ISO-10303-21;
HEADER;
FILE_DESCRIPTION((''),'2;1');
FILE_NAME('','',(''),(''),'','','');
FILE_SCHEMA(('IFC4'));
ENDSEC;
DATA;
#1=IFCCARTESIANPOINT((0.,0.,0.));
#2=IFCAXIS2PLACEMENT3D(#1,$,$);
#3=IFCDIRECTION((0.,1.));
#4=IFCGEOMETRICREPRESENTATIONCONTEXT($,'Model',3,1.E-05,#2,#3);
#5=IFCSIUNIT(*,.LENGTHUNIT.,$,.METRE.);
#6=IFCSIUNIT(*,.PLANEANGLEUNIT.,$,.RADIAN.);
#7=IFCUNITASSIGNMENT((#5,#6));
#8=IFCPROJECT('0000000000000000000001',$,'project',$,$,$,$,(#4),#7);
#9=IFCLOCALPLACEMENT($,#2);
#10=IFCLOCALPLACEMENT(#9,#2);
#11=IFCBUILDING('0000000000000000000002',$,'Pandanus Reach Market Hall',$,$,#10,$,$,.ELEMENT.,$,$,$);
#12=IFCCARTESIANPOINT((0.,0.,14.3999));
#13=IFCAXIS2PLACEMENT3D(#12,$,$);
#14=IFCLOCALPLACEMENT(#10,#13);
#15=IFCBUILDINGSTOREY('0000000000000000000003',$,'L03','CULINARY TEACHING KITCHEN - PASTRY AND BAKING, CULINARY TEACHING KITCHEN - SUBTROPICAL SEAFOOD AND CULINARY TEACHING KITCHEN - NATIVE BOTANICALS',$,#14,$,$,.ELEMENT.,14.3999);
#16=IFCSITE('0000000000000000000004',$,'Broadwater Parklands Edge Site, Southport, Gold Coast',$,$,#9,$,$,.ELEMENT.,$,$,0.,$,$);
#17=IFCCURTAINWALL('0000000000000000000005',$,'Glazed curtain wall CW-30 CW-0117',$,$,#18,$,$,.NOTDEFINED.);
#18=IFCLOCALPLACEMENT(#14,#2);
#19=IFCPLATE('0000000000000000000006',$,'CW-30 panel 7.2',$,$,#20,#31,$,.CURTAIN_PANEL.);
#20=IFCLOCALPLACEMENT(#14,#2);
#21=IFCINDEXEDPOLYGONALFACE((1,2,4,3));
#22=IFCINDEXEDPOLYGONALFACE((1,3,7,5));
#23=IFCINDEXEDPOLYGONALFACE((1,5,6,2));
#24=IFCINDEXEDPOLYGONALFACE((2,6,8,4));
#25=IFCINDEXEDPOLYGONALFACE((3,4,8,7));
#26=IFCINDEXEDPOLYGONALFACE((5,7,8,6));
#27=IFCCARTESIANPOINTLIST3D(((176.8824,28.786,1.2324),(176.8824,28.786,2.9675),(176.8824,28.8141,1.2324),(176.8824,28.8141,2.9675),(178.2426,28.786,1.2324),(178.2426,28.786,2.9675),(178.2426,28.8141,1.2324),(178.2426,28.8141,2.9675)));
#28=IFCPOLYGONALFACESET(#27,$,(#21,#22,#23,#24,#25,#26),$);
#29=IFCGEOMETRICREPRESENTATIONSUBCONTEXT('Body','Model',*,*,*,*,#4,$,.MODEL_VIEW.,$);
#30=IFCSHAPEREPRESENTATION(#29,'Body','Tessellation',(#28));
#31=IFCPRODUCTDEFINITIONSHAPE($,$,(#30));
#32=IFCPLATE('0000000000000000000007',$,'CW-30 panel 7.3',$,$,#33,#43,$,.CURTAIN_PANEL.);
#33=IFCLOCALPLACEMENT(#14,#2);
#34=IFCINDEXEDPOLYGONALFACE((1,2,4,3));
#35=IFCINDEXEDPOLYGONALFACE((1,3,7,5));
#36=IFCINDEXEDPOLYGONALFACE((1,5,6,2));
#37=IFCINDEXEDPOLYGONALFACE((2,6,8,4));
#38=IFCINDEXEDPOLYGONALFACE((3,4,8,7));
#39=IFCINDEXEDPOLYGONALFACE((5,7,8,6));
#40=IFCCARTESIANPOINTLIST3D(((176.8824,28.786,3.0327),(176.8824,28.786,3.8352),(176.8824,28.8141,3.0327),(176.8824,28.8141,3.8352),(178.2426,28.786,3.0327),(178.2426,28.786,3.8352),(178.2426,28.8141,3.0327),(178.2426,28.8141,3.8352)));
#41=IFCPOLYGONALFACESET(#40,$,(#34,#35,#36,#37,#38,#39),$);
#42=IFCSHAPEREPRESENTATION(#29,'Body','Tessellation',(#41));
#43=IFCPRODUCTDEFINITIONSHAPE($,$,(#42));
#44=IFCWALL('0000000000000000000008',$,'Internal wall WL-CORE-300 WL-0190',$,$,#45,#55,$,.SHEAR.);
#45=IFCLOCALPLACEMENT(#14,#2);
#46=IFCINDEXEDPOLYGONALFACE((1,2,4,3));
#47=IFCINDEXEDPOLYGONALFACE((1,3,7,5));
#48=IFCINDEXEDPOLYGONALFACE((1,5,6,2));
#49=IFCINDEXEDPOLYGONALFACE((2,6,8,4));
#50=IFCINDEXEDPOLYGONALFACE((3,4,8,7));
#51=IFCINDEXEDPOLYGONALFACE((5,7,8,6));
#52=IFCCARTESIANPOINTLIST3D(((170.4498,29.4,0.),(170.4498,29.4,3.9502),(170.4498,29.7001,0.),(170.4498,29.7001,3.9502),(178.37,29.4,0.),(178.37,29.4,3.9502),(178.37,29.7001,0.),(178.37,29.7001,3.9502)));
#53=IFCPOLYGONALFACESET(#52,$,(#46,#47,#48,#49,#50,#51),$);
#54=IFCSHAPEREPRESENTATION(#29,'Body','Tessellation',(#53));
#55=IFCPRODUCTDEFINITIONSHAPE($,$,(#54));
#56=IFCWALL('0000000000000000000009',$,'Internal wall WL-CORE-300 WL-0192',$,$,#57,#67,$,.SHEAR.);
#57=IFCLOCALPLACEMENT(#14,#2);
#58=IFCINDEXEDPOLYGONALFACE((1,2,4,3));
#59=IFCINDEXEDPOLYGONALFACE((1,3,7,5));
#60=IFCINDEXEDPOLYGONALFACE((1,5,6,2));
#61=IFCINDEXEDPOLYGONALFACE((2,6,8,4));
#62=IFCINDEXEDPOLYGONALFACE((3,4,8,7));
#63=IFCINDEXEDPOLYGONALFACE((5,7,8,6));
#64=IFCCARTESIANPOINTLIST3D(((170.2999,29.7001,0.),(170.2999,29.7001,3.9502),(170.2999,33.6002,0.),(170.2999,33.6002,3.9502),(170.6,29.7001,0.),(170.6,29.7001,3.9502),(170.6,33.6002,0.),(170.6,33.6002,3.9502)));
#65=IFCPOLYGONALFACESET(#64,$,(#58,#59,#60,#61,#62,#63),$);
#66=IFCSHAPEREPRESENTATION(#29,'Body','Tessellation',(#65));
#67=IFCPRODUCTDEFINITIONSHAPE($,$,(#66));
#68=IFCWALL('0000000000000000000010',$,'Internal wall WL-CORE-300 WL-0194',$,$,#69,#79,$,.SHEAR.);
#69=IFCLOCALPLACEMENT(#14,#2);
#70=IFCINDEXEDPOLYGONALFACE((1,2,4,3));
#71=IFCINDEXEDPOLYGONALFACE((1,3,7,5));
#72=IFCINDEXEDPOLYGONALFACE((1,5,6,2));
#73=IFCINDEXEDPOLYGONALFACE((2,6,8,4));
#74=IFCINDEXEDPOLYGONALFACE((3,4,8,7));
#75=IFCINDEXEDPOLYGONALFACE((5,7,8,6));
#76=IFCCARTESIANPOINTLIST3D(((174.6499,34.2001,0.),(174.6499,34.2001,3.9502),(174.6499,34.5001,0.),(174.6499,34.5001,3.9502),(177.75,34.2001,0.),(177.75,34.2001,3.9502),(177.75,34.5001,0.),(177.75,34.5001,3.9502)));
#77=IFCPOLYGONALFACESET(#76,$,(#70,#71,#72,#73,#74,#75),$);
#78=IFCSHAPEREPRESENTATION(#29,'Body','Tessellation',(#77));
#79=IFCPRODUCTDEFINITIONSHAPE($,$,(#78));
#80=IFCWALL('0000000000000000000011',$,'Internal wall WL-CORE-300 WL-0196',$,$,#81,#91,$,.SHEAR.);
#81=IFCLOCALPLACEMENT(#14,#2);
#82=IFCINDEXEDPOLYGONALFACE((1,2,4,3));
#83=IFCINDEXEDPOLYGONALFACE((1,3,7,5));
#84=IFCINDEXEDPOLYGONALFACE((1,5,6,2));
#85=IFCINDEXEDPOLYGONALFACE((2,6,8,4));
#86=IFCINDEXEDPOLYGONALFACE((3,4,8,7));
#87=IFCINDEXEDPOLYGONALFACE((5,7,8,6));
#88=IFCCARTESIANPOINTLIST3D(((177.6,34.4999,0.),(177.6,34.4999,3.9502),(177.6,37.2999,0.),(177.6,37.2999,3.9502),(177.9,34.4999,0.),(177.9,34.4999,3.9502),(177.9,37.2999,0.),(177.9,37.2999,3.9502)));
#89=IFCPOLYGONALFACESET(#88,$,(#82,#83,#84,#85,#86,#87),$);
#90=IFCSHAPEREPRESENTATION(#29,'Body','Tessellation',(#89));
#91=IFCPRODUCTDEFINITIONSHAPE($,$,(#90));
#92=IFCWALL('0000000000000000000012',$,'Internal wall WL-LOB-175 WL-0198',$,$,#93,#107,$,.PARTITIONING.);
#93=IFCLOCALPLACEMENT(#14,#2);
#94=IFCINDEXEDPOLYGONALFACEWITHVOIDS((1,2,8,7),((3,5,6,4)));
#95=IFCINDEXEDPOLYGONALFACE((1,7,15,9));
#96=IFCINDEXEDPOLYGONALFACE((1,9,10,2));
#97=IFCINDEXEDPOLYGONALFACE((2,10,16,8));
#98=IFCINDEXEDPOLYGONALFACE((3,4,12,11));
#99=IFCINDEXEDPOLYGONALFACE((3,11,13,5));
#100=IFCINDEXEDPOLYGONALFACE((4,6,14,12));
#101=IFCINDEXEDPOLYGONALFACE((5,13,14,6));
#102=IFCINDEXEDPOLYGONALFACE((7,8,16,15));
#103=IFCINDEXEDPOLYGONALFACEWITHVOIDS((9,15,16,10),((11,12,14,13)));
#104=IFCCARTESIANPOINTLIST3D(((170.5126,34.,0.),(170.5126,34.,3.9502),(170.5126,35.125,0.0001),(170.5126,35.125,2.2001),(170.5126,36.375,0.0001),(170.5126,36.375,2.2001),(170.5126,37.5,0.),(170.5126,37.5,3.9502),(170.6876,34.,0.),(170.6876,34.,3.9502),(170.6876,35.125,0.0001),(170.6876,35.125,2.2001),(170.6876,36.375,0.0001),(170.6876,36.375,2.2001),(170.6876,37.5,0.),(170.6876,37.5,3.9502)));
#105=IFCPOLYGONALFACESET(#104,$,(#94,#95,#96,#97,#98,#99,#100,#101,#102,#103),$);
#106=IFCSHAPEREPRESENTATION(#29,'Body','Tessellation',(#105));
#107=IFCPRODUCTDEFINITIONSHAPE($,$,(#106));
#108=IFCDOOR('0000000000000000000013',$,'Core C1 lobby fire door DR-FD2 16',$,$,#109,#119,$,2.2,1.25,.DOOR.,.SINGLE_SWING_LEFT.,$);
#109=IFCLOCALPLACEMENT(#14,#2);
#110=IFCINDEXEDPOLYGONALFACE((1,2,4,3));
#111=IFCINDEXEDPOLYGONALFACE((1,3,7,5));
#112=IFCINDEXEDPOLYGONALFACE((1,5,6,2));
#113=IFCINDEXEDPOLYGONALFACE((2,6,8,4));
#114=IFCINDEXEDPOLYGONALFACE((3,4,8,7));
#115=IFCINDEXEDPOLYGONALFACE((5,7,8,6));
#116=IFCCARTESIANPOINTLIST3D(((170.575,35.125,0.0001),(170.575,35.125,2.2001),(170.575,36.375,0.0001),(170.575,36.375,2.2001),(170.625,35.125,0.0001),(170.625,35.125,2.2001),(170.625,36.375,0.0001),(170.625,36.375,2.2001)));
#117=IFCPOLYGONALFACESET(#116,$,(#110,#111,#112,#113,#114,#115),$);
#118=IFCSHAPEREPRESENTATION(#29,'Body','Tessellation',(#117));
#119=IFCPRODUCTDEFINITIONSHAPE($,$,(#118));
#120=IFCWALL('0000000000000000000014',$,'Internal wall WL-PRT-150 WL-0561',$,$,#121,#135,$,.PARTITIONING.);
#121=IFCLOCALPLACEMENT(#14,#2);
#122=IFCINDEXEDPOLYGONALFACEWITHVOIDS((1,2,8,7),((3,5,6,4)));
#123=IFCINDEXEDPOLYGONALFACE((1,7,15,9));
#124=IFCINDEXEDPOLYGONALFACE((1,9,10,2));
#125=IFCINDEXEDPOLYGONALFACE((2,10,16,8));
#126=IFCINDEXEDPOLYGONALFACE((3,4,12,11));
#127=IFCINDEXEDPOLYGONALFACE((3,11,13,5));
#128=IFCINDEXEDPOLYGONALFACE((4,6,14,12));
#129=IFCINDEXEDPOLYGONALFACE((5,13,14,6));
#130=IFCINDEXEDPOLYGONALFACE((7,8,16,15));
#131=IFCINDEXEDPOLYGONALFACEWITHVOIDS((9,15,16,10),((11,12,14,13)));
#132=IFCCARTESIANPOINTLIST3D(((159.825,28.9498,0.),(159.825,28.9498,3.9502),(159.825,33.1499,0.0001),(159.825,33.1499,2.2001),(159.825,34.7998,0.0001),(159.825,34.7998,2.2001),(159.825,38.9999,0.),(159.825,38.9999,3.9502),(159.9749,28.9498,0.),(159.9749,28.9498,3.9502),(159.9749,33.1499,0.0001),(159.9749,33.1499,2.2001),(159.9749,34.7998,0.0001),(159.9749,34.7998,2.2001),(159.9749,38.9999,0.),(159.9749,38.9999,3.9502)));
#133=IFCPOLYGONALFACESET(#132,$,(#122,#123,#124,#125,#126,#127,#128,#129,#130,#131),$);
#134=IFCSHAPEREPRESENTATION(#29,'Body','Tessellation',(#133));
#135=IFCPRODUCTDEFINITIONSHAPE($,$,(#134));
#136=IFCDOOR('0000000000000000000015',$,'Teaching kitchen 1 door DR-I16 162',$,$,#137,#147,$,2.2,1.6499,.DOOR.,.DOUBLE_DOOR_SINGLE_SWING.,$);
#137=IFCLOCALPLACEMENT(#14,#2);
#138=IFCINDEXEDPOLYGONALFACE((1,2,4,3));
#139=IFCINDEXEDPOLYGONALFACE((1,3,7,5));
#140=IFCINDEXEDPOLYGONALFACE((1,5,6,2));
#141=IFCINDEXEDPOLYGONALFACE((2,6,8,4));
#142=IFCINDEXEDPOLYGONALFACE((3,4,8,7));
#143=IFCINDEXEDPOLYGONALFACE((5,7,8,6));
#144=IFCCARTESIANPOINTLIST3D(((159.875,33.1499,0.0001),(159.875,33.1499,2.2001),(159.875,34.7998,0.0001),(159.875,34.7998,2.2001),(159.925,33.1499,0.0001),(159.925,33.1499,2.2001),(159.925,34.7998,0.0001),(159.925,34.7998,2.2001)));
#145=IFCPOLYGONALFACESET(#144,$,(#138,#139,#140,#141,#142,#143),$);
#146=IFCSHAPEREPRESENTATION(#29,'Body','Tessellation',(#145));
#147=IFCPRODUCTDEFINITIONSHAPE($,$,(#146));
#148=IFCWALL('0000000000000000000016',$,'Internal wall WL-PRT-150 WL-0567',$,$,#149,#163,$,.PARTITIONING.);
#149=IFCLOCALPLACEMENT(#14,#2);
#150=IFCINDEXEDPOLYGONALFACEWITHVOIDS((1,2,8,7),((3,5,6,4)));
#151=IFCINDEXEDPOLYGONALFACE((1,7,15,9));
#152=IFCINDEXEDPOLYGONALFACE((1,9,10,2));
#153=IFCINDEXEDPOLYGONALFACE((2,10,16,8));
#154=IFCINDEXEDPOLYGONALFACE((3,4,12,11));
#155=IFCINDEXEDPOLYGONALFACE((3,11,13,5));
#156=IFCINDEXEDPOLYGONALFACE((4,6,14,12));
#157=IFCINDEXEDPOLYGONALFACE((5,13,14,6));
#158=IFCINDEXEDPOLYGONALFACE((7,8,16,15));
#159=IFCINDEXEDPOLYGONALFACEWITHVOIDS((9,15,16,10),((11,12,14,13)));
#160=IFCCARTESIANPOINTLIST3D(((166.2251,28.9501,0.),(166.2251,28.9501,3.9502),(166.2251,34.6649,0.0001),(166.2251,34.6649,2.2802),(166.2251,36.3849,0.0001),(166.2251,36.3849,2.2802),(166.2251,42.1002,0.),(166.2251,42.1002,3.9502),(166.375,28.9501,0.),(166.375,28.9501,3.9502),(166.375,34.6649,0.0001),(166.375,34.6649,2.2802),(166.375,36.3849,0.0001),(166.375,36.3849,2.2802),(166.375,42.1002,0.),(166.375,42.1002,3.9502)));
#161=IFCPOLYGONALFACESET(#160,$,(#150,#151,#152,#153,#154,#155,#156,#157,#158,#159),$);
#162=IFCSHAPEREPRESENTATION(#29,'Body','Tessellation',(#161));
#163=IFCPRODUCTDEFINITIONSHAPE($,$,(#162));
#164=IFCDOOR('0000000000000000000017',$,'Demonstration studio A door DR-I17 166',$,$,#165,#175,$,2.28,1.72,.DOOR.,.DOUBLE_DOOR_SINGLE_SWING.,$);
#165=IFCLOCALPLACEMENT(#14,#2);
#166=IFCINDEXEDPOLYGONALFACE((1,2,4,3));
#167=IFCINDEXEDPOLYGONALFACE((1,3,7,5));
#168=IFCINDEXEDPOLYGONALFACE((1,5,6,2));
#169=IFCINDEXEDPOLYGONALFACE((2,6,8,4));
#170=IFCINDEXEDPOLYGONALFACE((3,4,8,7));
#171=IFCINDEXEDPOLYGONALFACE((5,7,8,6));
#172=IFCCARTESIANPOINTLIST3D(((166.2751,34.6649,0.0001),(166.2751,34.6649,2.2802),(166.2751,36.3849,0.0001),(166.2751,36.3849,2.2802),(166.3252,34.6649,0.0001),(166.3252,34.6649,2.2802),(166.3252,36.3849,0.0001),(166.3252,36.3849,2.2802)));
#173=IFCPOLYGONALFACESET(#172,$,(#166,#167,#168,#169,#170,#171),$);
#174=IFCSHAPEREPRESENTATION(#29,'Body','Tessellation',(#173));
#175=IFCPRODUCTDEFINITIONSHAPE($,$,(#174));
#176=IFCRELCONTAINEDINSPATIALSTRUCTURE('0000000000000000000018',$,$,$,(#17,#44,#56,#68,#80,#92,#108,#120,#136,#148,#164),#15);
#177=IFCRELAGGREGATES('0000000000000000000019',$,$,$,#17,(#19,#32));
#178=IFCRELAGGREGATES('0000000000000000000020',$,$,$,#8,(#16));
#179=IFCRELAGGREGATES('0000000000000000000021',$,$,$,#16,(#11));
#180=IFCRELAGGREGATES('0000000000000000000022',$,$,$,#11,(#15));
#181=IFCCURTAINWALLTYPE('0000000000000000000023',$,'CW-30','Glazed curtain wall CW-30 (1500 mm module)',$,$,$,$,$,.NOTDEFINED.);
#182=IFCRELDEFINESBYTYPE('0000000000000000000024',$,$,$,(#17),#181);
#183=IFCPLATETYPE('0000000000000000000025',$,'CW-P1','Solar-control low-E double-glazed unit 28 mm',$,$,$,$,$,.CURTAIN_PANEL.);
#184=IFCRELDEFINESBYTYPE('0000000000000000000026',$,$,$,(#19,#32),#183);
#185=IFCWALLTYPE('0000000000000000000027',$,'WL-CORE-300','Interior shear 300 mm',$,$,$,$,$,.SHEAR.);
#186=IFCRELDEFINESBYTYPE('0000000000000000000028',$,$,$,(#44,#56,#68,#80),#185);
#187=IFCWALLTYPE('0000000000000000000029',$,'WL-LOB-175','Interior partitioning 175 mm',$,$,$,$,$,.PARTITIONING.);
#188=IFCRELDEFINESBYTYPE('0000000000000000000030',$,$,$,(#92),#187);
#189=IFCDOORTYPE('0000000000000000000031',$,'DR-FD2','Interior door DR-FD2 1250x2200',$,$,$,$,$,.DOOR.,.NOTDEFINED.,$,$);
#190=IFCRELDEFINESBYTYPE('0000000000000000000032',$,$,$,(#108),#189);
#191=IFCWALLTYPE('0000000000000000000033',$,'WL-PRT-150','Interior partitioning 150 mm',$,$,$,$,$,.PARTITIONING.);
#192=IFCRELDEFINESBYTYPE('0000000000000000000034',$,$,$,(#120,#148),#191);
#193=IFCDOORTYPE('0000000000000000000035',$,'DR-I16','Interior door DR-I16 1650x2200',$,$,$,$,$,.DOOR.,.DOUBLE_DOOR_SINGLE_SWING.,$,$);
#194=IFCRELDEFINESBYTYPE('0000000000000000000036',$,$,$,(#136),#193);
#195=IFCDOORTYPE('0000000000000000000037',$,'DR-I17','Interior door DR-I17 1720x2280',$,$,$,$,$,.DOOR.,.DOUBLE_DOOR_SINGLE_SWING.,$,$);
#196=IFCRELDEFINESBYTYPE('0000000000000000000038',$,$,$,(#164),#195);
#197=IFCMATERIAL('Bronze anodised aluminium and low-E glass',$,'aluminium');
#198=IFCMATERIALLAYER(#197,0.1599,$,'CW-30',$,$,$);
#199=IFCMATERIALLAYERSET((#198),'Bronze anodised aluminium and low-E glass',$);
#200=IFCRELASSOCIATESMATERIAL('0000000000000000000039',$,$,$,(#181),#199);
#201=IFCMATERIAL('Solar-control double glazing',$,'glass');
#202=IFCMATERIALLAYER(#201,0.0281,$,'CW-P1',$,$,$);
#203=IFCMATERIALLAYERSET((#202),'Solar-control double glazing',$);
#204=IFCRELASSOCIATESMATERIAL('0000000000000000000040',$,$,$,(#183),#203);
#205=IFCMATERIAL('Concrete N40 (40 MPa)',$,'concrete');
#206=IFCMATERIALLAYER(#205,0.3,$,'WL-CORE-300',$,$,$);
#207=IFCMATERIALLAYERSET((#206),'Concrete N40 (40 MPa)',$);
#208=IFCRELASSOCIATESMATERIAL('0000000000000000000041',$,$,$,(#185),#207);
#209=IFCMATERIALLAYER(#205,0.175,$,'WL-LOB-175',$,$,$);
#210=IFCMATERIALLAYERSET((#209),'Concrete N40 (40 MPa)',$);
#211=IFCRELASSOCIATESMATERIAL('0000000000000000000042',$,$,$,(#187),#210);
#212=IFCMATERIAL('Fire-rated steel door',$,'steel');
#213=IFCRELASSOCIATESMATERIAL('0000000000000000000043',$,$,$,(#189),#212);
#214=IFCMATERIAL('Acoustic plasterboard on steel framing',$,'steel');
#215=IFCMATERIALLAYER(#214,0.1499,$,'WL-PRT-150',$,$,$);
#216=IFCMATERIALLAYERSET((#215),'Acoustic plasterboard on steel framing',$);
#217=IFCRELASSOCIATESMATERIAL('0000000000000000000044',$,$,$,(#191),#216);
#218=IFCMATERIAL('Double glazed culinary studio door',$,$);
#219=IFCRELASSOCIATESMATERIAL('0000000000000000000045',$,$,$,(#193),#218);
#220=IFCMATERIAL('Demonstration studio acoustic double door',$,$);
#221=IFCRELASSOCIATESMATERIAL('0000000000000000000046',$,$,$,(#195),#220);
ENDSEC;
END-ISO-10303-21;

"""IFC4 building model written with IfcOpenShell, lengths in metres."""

from ifc_helpers import new_model, si_unit, direction, frame, frame_2d, origin, origin_2d, place, context, subcontext, project, spatial, rectangle, extrude, material, layer, layer_set, type_object, element, fill, aggregate, save


model = new_model("IFC4")

# Units and contexts
model_context = context("Model", 3, precision=1e-05, world=origin(), true_north=direction((0.0, 1.0)))
body_context = subcontext(model_context, "Body", "Model", "MODEL_VIEW")
ifc_project = project(units=[si_unit("LENGTHUNIT", "METRE"), si_unit("PLANEANGLEUNIT", "RADIAN")], contexts=[model_context])

# Site, building, storey
site_placement = place(None, origin())
site = spatial("IfcSite", under=ifc_project, at=site_placement, Name="Broadwater Parklands Edge Site, Southport, Gold Coast", CompositionType="ELEMENT", RefElevation=0.0)
building_placement = place(site_placement, origin())
building = spatial("IfcBuilding", under=site, at=building_placement, Name="Pandanus Reach Market Hall", CompositionType="ELEMENT")
storey_placement = place(building_placement, frame((0.0, 0.0, 14.3999)))
storey = spatial("IfcBuildingStorey", under=building, at=storey_placement, Name="L03", Description="CULINARY TEACHING KITCHEN - PASTRY AND BAKING, CULINARY TEACHING KITCHEN - SUBTROPICAL SEAFOOD AND CULINARY TEACHING KITCHEN - NATIVE BOTANICALS", CompositionType="ELEMENT", Elevation=14.3999)

# Curtain wall
ifc_material_1 = material(Name="Bronze anodised aluminium and low-E glass", Category="aluminium")
ifc_layer_1 = layer(ifc_material_1, 0.1599, Name="CW-30")
ifc_layer_set_1 = layer_set([ifc_layer_1], Name="Bronze anodised aluminium and low-E glass")
curtain_wall_type = type_object("IfcCurtainWallType", Name="CW-30", Description="Glazed curtain wall CW-30 (1500 mm module)", PredefinedType="NOTDEFINED", material=ifc_layer_set_1)
curtain_wall_placement = place(storey_placement, origin())
curtain_wall = element("IfcCurtainWall", 1, at=curtain_wall_placement, inside=storey, type_object=curtain_wall_type, Name="Glazed curtain wall CW-30 CW-0117", PredefinedType="NOTDEFINED")

# Plates
ifc_material_2 = material(Name="Solar-control double glazing", Category="glass")
ifc_layer_2 = layer(ifc_material_2, 0.0281, Name="CW-P1")
ifc_layer_set_2 = layer_set([ifc_layer_2], Name="Solar-control double glazing")
plate_type = type_object("IfcPlateType", Name="CW-P1", Description="Solar-control low-E double-glazed unit 28 mm", PredefinedType="CURTAIN_PANEL", material=ifc_layer_set_2)
plate_1_placement = place(storey_placement, frame((177.5625, 28.8, 1.2324), z_axis=(0.0, 0.0, 1.0), x_axis=(1.0, 0.0, 0.0)))
plate_1 = element("IfcPlate", 2, at=plate_1_placement, type_object=plate_type, Name="CW-30 panel 7.2", PredefinedType="CURTAIN_PANEL", context=body_context, shape_type="SweptSolid", body=[
    extrude(rectangle(XDim=1.3601, YDim=0.0281, at=origin_2d()), origin(), (0.0, 0.0, 1.0), 1.7351),
])
plate_2_placement = place(storey_placement, frame((177.5625, 28.8, 3.0327), z_axis=(0.0, 0.0, 1.0), x_axis=(1.0, 0.0, 0.0)))
plate_2 = element("IfcPlate", 3, at=plate_2_placement, type_object=plate_type, Name="CW-30 panel 7.3", PredefinedType="CURTAIN_PANEL", context=body_context, shape_type="SweptSolid", body=[
    extrude(rectangle(XDim=1.3601, YDim=0.0281, at=origin_2d()), origin(), (0.0, 0.0, 1.0), 0.8025),
])
aggregate(curtain_wall, [plate_1, plate_2])

# Wall
ifc_material_3 = material(Name="Concrete N40 (40 MPa)", Category="concrete")
ifc_layer_3 = layer(ifc_material_3, 0.3, Name="WL-CORE-300")
ifc_layer_set_3 = layer_set([ifc_layer_3], Name="Concrete N40 (40 MPa)")
wall_type_1 = type_object("IfcWallType", Name="WL-CORE-300", Description="Interior shear 300 mm", PredefinedType="SHEAR", material=ifc_layer_set_3)
wall_1_placement = place(storey_placement, frame((170.45, 29.55, 0.0), z_axis=(0.0, 0.0, 1.0), x_axis=(1.0, 0.0, 0.0)))
element("IfcWall", 4, at=wall_1_placement, inside=storey, type_object=wall_type_1, Name="Internal wall WL-CORE-300 WL-0190", PredefinedType="SHEAR", context=body_context, shape_type="SweptSolid", body=[
    extrude(rectangle(XDim=7.9202, YDim=0.3, at=frame_2d((3.96, 0.0))), origin(), (0.0, 0.0, 1.0), 3.9502),
])

# Shared definitions
ifc_material_4 = material(Name="Fire-rated steel door", Category="steel")

# Walls
wall_2_placement = place(storey_placement, frame((170.45, 29.7, 0.0), z_axis=(0.0, 0.0, 1.0), x_axis=(0.0, 1.0, 0.0)))
element("IfcWall", 5, at=wall_2_placement, inside=storey, type_object=wall_type_1, Name="Internal wall WL-CORE-300 WL-0192", PredefinedType="SHEAR", context=body_context, shape_type="SweptSolid", body=[
    extrude(rectangle(XDim=3.9001, YDim=0.3, at=frame_2d((1.9502, 0.0))), origin(), (0.0, 0.0, 1.0), 3.9502),
])
wall_3_placement = place(storey_placement, frame((174.6499, 34.3501, 0.0), z_axis=(0.0, 0.0, 1.0), x_axis=(1.0, 0.0, 0.0)))
element("IfcWall", 6, at=wall_3_placement, inside=storey, type_object=wall_type_1, Name="Internal wall WL-CORE-300 WL-0194", PredefinedType="SHEAR", context=body_context, shape_type="SweptSolid", body=[
    extrude(rectangle(XDim=3.1001, YDim=0.3, at=frame_2d((1.55, 0.0))), origin(), (0.0, 0.0, 1.0), 3.9502),
])
wall_4_placement = place(storey_placement, frame((177.75, 34.5, 0.0), z_axis=(0.0, 0.0, 1.0), x_axis=(0.0, 1.0, 0.0)))
element("IfcWall", 7, at=wall_4_placement, inside=storey, type_object=wall_type_1, Name="Internal wall WL-CORE-300 WL-0196", PredefinedType="SHEAR", context=body_context, shape_type="SweptSolid", body=[
    extrude(rectangle(XDim=2.8, YDim=0.3, at=frame_2d((1.3999, 0.0))), origin(), (0.0, 0.0, 1.0), 3.9502),
])

# Walls, openings, doors
ifc_layer_4 = layer(ifc_material_3, 0.175, Name="WL-LOB-175")
ifc_layer_set_4 = layer_set([ifc_layer_4], Name="Concrete N40 (40 MPa)")
wall_type_2 = type_object("IfcWallType", Name="WL-LOB-175", Description="Interior partitioning 175 mm", PredefinedType="PARTITIONING", material=ifc_layer_set_4)
wall_5_placement = place(storey_placement, frame((170.6001, 34.0, 0.0), z_axis=(0.0, 0.0, 1.0), x_axis=(0.0, 1.0, 0.0)))
wall_5 = element("IfcWall", 8, at=wall_5_placement, inside=storey, type_object=wall_type_2, Name="Internal wall WL-LOB-175 WL-0198", PredefinedType="PARTITIONING", context=body_context, shape_type="SweptSolid", body=[
    extrude(rectangle(XDim=3.5, YDim=0.175, at=frame_2d((1.75, 0.0))), origin(), (0.0, 0.0, 1.0), 3.9502),
])
opening_1_placement = place(wall_5_placement, frame((1.125, 0.0, 0.0)))
opening_1 = element("IfcOpeningElement", 9, at=opening_1_placement, cuts=wall_5, PredefinedType="OPENING", context=body_context, shape_type="SweptSolid", body=[
    extrude(rectangle(XDim=1.25, YDim=2.2, at=frame_2d((0.625, 1.1001))), frame((0.0, 0.1025, 0.0), z_axis=(0.0, -1.0, 0.0), x_axis=(1.0, 0.0, 0.0)), (0.0, 0.0, 1.0), 0.2051),
])
door_type_1 = type_object("IfcDoorType", Name="DR-FD2", Description="Interior door DR-FD2 1250x2200", OperationType="NOTDEFINED", PredefinedType="DOOR", material=ifc_material_4)
door_1_placement = place(opening_1_placement, frame((1.25, 0.0, 0.0), z_axis=(0.0, 0.0, 1.0), x_axis=(-1.0, 0.0, 0.0)))
door_1 = element("IfcDoor", 10, at=door_1_placement, inside=storey, type_object=door_type_1, Name="Core C1 lobby fire door DR-FD2 16", OperationType="SINGLE_SWING_LEFT", OverallHeight=2.2, OverallWidth=1.25, PredefinedType="DOOR", context=body_context, shape_type="SweptSolid", body=[
    extrude(rectangle(XDim=1.25, YDim=2.2, at=frame_2d((0.625, 1.1001))), frame((0.0, 0.0249, 0.0), z_axis=(0.0, -1.0, 0.0), x_axis=(1.0, 0.0, 0.0)), (0.0, 0.0, 1.0), 0.05),
])
fill(opening_1, door_1)
ifc_material_5 = material(Name="Acoustic plasterboard on steel framing", Category="steel")
ifc_layer_5 = layer(ifc_material_5, 0.1499, Name="WL-PRT-150")
ifc_layer_set_5 = layer_set([ifc_layer_5], Name="Acoustic plasterboard on steel framing")
wall_type_3 = type_object("IfcWallType", Name="WL-PRT-150", Description="Interior partitioning 150 mm", PredefinedType="PARTITIONING", material=ifc_layer_set_5)
wall_6_placement = place(storey_placement, frame((159.8999, 28.95, 0.0), z_axis=(0.0, 0.0, 1.0), x_axis=(0.0, 1.0, 0.0)))
wall_6 = element("IfcWall", 11, at=wall_6_placement, inside=storey, type_object=wall_type_3, Name="Internal wall WL-PRT-150 WL-0561", PredefinedType="PARTITIONING", context=body_context, shape_type="SweptSolid", body=[
    extrude(rectangle(XDim=10.05, YDim=0.1499, at=frame_2d((5.0249, 0.0))), origin(), (0.0, 0.0, 1.0), 3.9502),
])
opening_2_placement = place(wall_6_placement, frame((4.2, 0.0, 0.0)))
opening_2 = element("IfcOpeningElement", 12, at=opening_2_placement, cuts=wall_6, PredefinedType="OPENING", context=body_context, shape_type="SweptSolid", body=[
    extrude(rectangle(XDim=1.6499, YDim=2.2, at=frame_2d((0.825, 1.1001))), frame((0.0, 0.0898, 0.0), z_axis=(0.0, -1.0, 0.0), x_axis=(1.0, 0.0, 0.0)), (0.0, 0.0, 1.0), 0.1799),
])
ifc_material_6 = material(Name="Double glazed culinary studio door")
door_type_2 = type_object("IfcDoorType", Name="DR-I16", Description="Interior door DR-I16 1650x2200", OperationType="DOUBLE_DOOR_SINGLE_SWING", PredefinedType="DOOR", material=ifc_material_6)
door_2_placement = place(opening_2_placement, origin())
door_2 = element("IfcDoor", 13, at=door_2_placement, inside=storey, type_object=door_type_2, Name="Teaching kitchen 1 door DR-I16 162", OperationType="DOUBLE_DOOR_SINGLE_SWING", OverallHeight=2.2, OverallWidth=1.6499, PredefinedType="DOOR", context=body_context, shape_type="SweptSolid", body=[
    extrude(rectangle(XDim=1.6499, YDim=2.2, at=frame_2d((0.825, 1.1001))), frame((0.0, 0.0249, 0.0), z_axis=(0.0, -1.0, 0.0), x_axis=(1.0, 0.0, 0.0)), (0.0, 0.0, 1.0), 0.05),
])
fill(opening_2, door_2)
wall_7_placement = place(storey_placement, frame((166.3, 28.95, 0.0), z_axis=(0.0, 0.0, 1.0), x_axis=(0.0, 1.0, 0.0)))
wall_7 = element("IfcWall", 14, at=wall_7_placement, inside=storey, type_object=wall_type_3, Name="Internal wall WL-PRT-150 WL-0567", PredefinedType="PARTITIONING", context=body_context, shape_type="SweptSolid", body=[
    extrude(rectangle(XDim=13.1501, YDim=0.1499, at=frame_2d((6.5752, 0.0))), origin(), (0.0, 0.0, 1.0), 3.9502),
])
opening_3_placement = place(wall_7_placement, frame((5.7151, 0.0, 0.0)))
opening_3 = element("IfcOpeningElement", 15, at=opening_3_placement, cuts=wall_7, PredefinedType="OPENING", context=body_context, shape_type="SweptSolid", body=[
    extrude(rectangle(XDim=1.72, YDim=2.28, at=frame_2d((0.8599, 1.1401))), frame((0.0, 0.0898, 0.0), z_axis=(0.0, -1.0, 0.0), x_axis=(1.0, 0.0, 0.0)), (0.0, 0.0, 1.0), 0.1799),
])
ifc_material_7 = material(Name="Demonstration studio acoustic double door")
door_type_3 = type_object("IfcDoorType", Name="DR-I17", Description="Interior door DR-I17 1720x2280", OperationType="DOUBLE_DOOR_SINGLE_SWING", PredefinedType="DOOR", material=ifc_material_7)
door_3_placement = place(opening_3_placement, origin())
door_3 = element("IfcDoor", 16, at=door_3_placement, inside=storey, type_object=door_type_3, Name="Demonstration studio A door DR-I17 166", OperationType="DOUBLE_DOOR_SINGLE_SWING", OverallHeight=2.28, OverallWidth=1.72, PredefinedType="DOOR", context=body_context, shape_type="SweptSolid", body=[
    extrude(rectangle(XDim=1.72, YDim=2.28, at=frame_2d((0.8599, 1.1401))), frame((0.0, 0.0249, 0.0), z_axis=(0.0, -1.0, 0.0), x_axis=(1.0, 0.0, 0.0)), (0.0, 0.0, 1.0), 0.05),
])
fill(opening_3, door_3)

save(model, "model.ifc")
